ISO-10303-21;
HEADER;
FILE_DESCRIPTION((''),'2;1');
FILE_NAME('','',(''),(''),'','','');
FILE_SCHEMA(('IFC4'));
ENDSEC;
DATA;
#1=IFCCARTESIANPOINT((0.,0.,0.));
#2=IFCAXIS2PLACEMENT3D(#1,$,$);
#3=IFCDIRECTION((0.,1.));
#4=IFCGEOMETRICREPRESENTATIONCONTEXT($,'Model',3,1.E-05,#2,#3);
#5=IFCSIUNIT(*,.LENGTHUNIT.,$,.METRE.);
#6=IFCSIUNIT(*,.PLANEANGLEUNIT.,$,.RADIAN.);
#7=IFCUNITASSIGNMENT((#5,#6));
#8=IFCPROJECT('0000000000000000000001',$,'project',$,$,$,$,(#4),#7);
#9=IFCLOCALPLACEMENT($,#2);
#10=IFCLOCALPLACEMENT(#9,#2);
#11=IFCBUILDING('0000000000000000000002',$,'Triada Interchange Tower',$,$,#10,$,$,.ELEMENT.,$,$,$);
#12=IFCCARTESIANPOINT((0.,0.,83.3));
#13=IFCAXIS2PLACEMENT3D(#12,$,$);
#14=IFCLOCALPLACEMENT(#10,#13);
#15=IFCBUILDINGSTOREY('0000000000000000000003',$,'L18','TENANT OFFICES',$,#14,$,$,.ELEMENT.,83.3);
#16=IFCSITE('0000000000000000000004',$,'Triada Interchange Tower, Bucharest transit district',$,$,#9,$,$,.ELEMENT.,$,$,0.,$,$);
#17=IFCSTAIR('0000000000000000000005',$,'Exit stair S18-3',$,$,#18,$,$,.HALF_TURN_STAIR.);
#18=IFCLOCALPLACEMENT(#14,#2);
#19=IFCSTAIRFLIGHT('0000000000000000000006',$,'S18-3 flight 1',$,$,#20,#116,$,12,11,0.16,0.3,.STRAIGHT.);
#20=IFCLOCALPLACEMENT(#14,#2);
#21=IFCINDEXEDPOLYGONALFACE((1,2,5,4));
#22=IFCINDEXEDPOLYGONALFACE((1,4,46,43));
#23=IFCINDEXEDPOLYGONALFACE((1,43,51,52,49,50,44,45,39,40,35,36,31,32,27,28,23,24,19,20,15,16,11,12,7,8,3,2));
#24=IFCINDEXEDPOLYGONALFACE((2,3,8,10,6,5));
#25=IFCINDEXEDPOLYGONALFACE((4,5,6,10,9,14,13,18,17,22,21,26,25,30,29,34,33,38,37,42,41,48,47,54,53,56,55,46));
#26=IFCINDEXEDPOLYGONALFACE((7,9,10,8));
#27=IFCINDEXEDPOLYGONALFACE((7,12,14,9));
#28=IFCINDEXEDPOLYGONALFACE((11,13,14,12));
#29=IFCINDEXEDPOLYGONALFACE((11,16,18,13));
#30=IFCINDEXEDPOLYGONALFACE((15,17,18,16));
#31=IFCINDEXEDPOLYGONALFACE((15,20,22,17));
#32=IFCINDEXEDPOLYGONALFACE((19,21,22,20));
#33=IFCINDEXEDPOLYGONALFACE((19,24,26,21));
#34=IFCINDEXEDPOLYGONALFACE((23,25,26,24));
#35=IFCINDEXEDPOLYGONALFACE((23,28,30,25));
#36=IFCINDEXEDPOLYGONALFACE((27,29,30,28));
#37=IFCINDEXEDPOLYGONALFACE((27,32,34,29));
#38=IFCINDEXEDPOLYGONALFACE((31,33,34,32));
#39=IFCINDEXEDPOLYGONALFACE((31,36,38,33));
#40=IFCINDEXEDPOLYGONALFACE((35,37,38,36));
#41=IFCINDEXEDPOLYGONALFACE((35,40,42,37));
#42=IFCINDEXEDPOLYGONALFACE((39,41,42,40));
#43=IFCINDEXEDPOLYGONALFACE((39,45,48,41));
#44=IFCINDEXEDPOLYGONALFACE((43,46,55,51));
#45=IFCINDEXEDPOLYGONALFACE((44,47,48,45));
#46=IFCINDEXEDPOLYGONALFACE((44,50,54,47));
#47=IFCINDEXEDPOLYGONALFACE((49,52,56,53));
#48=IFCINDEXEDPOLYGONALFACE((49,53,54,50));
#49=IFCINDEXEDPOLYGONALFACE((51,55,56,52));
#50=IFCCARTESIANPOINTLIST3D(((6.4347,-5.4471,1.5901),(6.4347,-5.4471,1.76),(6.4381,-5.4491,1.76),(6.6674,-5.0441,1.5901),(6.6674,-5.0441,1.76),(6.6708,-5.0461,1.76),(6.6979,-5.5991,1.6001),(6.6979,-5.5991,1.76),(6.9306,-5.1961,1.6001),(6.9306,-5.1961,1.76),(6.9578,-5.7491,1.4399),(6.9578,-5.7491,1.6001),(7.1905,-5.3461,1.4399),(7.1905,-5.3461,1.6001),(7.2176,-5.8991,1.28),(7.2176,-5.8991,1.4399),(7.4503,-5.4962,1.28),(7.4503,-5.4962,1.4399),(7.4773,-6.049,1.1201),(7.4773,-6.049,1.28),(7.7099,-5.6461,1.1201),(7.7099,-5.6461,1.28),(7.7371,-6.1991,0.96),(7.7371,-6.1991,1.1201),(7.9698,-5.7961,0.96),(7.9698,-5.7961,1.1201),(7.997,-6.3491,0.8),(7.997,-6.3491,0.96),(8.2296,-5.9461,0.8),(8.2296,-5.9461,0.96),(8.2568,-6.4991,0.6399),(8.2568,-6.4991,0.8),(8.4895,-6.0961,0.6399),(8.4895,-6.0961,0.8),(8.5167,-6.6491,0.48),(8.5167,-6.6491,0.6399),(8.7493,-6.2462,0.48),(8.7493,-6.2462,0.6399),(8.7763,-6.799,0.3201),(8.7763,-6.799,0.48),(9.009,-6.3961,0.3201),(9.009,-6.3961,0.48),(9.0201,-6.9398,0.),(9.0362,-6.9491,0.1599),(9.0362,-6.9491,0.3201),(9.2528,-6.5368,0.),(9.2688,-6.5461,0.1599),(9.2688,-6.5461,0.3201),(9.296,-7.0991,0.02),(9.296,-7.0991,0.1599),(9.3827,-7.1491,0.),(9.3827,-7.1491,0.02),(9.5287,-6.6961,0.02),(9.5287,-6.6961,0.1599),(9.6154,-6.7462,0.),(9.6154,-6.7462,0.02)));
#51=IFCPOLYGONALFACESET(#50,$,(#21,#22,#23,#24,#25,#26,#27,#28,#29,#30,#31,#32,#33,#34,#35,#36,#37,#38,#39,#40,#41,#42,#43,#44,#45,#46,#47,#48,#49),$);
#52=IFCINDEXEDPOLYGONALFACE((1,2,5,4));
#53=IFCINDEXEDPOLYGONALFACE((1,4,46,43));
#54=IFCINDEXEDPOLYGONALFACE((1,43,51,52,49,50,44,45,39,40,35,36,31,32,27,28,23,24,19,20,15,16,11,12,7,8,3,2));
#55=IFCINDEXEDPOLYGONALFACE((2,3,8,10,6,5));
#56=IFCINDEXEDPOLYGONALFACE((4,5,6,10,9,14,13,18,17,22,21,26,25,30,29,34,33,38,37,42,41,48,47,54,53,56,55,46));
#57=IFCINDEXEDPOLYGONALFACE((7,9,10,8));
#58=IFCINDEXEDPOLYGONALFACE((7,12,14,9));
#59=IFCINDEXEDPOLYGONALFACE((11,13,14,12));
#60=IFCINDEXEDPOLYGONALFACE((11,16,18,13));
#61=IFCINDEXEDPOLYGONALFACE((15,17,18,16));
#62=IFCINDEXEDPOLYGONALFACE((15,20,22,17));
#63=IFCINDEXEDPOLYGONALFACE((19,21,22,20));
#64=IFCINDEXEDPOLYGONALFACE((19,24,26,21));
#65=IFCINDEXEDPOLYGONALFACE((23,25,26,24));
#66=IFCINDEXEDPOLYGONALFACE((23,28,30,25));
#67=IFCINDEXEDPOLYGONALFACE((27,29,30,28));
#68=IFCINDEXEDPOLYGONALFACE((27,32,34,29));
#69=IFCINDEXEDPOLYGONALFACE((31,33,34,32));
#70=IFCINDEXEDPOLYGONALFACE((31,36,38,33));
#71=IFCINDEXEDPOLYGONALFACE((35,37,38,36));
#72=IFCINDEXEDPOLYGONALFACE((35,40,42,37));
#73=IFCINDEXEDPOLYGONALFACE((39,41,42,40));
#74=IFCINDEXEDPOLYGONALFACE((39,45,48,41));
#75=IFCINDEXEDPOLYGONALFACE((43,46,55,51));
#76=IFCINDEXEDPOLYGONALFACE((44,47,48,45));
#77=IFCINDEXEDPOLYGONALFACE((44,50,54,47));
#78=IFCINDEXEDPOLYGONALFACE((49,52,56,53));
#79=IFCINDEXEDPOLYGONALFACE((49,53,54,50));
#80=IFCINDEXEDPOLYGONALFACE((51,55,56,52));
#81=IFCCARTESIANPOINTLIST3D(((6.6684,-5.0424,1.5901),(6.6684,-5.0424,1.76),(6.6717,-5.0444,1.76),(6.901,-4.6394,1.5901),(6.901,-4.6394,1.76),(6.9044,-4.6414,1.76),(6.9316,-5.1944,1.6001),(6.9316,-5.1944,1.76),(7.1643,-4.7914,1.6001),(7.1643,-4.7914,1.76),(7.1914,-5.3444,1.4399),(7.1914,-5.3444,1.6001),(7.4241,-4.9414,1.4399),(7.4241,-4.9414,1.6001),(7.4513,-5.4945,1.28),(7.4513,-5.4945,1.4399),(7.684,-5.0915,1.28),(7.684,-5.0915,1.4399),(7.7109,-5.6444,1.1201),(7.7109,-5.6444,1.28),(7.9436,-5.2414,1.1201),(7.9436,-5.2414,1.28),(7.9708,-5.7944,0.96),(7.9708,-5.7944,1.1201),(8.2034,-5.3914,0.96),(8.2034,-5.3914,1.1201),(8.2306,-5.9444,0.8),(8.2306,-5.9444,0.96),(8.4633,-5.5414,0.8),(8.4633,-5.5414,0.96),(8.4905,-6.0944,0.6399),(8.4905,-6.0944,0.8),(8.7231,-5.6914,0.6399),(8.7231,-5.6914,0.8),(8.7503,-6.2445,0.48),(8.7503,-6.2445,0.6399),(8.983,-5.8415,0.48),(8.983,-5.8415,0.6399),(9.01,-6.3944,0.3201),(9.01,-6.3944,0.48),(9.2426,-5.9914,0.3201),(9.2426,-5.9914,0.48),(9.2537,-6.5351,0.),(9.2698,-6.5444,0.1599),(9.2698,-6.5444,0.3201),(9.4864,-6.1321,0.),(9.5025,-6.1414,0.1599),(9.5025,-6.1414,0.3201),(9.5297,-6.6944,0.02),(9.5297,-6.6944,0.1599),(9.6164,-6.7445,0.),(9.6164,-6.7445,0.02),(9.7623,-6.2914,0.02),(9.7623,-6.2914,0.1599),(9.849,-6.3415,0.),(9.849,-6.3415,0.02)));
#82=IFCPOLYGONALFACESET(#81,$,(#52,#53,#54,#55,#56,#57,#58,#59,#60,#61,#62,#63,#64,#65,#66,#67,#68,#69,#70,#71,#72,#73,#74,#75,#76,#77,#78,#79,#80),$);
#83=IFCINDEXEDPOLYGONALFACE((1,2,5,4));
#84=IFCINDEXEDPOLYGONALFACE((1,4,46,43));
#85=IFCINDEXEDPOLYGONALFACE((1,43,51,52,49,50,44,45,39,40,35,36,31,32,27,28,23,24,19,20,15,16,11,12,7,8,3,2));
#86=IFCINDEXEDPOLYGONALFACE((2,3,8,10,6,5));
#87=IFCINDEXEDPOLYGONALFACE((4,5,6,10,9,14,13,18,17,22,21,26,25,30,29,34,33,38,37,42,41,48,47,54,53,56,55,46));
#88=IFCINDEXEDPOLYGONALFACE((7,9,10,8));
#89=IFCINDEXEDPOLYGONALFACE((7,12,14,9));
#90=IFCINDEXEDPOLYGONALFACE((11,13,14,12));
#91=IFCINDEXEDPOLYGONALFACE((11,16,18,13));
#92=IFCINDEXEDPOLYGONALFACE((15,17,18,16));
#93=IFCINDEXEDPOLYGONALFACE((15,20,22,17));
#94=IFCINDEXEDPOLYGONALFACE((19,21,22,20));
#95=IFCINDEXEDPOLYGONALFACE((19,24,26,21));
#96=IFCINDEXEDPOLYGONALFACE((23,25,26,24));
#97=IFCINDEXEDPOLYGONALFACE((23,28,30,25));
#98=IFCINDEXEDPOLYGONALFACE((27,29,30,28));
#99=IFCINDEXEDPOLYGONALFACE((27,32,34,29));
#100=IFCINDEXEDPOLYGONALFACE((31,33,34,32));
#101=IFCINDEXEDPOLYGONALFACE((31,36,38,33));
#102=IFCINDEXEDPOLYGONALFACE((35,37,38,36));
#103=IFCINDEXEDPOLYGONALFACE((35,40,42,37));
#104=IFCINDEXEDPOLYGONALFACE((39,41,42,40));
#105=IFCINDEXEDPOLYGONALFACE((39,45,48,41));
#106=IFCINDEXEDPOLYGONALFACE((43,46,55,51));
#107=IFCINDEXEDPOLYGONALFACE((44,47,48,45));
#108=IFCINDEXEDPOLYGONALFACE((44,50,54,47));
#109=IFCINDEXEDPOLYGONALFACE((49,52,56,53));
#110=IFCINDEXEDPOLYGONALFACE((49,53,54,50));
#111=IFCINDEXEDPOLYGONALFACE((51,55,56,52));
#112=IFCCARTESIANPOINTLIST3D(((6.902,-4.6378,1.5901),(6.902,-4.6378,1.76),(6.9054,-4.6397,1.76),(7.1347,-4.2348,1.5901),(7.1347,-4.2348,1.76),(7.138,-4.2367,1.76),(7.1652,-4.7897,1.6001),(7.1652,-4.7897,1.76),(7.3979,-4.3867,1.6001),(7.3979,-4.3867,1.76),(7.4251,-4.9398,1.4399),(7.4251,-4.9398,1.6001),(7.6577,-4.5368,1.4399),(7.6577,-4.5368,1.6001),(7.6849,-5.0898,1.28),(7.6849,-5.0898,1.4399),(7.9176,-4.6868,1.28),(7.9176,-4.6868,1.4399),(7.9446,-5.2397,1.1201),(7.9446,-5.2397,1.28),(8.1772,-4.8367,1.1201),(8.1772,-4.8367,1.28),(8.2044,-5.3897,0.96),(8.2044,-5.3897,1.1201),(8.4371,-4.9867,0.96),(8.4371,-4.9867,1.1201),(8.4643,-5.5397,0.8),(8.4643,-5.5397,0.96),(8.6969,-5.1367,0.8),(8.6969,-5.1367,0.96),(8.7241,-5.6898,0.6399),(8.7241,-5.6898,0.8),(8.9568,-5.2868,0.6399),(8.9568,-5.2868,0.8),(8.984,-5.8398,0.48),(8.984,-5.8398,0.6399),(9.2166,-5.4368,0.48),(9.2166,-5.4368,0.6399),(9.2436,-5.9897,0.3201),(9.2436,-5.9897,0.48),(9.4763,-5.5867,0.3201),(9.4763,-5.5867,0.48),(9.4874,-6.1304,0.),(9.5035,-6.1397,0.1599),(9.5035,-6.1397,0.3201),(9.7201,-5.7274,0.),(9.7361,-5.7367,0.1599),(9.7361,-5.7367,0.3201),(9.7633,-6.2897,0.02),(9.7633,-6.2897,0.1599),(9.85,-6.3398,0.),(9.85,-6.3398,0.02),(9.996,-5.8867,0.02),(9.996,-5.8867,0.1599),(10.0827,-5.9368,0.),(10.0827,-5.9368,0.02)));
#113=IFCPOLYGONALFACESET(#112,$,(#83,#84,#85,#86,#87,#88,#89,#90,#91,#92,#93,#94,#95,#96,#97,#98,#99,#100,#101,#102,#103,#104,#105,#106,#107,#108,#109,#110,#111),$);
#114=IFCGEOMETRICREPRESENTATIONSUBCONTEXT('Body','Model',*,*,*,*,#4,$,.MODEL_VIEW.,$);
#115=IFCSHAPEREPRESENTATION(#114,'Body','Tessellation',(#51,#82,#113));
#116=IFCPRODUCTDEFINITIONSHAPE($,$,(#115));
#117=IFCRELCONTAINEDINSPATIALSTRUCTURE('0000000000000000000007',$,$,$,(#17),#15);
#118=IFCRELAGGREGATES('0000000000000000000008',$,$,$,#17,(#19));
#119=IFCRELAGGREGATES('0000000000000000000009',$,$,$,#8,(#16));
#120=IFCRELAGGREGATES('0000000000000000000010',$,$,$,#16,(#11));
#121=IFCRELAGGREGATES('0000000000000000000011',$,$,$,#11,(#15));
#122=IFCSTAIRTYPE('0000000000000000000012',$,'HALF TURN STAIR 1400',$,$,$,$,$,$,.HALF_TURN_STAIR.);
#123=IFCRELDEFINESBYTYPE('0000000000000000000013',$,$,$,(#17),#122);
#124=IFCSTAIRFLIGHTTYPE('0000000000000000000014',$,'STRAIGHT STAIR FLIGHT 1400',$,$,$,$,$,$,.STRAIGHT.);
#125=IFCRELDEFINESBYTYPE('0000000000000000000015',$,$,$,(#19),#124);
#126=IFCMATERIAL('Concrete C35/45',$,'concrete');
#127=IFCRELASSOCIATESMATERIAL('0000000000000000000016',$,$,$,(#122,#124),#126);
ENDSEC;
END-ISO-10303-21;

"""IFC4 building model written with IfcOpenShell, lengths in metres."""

from ifc_helpers import new_model, si_unit, direction, frame, origin, place, context, subcontext, project, spatial, polyline, outline, extrude, material, type_object, element, aggregate, save


model = new_model("IFC4")

# Units and contexts
model_context = context("Model", 3, precision=1e-05, world=origin(), true_north=direction((0.0, 1.0)))
body_context = subcontext(model_context, "Body", "Model", "MODEL_VIEW")
ifc_project = project(units=[si_unit("LENGTHUNIT", "METRE"), si_unit("PLANEANGLEUNIT", "RADIAN")], contexts=[model_context])

# Site, building, storey
site_placement = place(None, origin())
site = spatial("IfcSite", under=ifc_project, at=site_placement, Name="Triada Interchange Tower, Bucharest transit district", CompositionType="ELEMENT", RefElevation=0.0)
building_placement = place(site_placement, origin())
building = spatial("IfcBuilding", under=site, at=building_placement, Name="Triada Interchange Tower", CompositionType="ELEMENT")
storey_placement = place(building_placement, frame((0.0, 0.0, 83.3)))
storey = spatial("IfcBuildingStorey", under=building, at=storey_placement, Name="L18", Description="TENANT OFFICES", CompositionType="ELEMENT", Elevation=83.3)

# Stair, stair flight
ifc_material_1 = material(Name="Concrete C35/45", Category="concrete")
stair_type = type_object("IfcStairType", Name="HALF TURN STAIR 1400", PredefinedType="HALF_TURN_STAIR", material=ifc_material_1)
stair_placement = place(storey_placement, origin())
stair = element("IfcStair", 1, at=stair_placement, inside=storey, type_object=stair_type, Name="Exit stair S18-3", PredefinedType="HALF_TURN_STAIR")
stair_flight_type = type_object("IfcStairFlightType", Name="STRAIGHT STAIR FLIGHT 1400", PredefinedType="STRAIGHT", material=ifc_material_1)
stair_flight_1_placement = place(storey_placement, frame((9.646, -6.4929, 0.0), z_axis=(0.0, 0.0, 1.0), x_axis=(-0.866025, 0.5, 0.0)))
stair_flight_1 = element("IfcStairFlight", 2, at=stair_flight_1_placement, type_object=stair_flight_type, Name="S18-3 flight 1", NumberOfRisers=12, NumberOfTreads=11, PredefinedType="STRAIGHT", RiserHeight=0.16, TreadLength=0.3, context=body_context, shape_type="SweptSolid", body=[
    extrude(outline(polyline([(-0.1001, 0.0), (-0.1001, 0.02), (0.0, 0.02), (0.0, 0.1599), (0.3, 0.1599), (0.3, 0.3201), (0.6001, 0.3201), (0.6001, 0.48), (0.8999, 0.48), (0.8999, 0.6399), (1.2, 0.6399), (1.2, 0.8), (1.5, 0.8), (1.5, 0.96), (1.8, 0.96), (1.8, 1.1201), (2.1001, 1.1201), (2.1001, 1.28), (2.3999, 1.28), (2.3999, 1.4399), (2.7, 1.4399), (2.7, 1.6001), (3.0, 1.6001), (3.0, 1.76), (3.3, 1.76), (3.304, 1.76), (3.304, 1.9199), (3.304, 1.5901), (0.3186, 0.0), (-0.1001, 0.0)])), frame((0.0, 0.7, 0.0), z_axis=(0.0, -1.0, 0.0), x_axis=(1.0, 0.0, 0.0)), (0.0, 0.0, 1.0), 0.4653),
    extrude(outline(polyline([(-0.1001, 0.0), (-0.1001, 0.02), (0.0, 0.02), (0.0, 0.1599), (0.3, 0.1599), (0.3, 0.3201), (0.6001, 0.3201), (0.6001, 0.48), (0.8999, 0.48), (0.8999, 0.6399), (1.2, 0.6399), (1.2, 0.8), (1.5, 0.8), (1.5, 0.96), (1.8, 0.96), (1.8, 1.1201), (2.1001, 1.1201), (2.1001, 1.28), (2.3999, 1.28), (2.3999, 1.4399), (2.7, 1.4399), (2.7, 1.6001), (3.0, 1.6001), (3.0, 1.76), (3.3, 1.76), (3.304, 1.76), (3.304, 1.9199), (3.304, 1.5901), (0.3186, 0.0), (-0.1001, 0.0)])), frame((0.0, 0.2327, 0.0), z_axis=(0.0, -1.0, 0.0), x_axis=(1.0, 0.0, 0.0)), (0.0, 0.0, 1.0), 0.4653),
    extrude(outline(polyline([(-0.1001, 0.0), (-0.1001, 0.02), (0.0, 0.02), (0.0, 0.1599), (0.3, 0.1599), (0.3, 0.3201), (0.6001, 0.3201), (0.6001, 0.48), (0.8999, 0.48), (0.8999, 0.6399), (1.2, 0.6399), (1.2, 0.8), (1.5, 0.8), (1.5, 0.96), (1.8, 0.96), (1.8, 1.1201), (2.1001, 1.1201), (2.1001, 1.28), (2.3999, 1.28), (2.3999, 1.4399), (2.7, 1.4399), (2.7, 1.6001), (3.0, 1.6001), (3.0, 1.76), (3.3, 1.76), (3.304, 1.76), (3.304, 1.9199), (3.304, 1.5901), (0.3186, 0.0), (-0.1001, 0.0)])), frame((0.0, -0.2346, 0.0), z_axis=(0.0, -1.0, 0.0), x_axis=(1.0, 0.0, 0.0)), (0.0, 0.0, 1.0), 0.4653),
])

aggregate(stair, [stair_flight_1])

save(model, "model.ifc")
